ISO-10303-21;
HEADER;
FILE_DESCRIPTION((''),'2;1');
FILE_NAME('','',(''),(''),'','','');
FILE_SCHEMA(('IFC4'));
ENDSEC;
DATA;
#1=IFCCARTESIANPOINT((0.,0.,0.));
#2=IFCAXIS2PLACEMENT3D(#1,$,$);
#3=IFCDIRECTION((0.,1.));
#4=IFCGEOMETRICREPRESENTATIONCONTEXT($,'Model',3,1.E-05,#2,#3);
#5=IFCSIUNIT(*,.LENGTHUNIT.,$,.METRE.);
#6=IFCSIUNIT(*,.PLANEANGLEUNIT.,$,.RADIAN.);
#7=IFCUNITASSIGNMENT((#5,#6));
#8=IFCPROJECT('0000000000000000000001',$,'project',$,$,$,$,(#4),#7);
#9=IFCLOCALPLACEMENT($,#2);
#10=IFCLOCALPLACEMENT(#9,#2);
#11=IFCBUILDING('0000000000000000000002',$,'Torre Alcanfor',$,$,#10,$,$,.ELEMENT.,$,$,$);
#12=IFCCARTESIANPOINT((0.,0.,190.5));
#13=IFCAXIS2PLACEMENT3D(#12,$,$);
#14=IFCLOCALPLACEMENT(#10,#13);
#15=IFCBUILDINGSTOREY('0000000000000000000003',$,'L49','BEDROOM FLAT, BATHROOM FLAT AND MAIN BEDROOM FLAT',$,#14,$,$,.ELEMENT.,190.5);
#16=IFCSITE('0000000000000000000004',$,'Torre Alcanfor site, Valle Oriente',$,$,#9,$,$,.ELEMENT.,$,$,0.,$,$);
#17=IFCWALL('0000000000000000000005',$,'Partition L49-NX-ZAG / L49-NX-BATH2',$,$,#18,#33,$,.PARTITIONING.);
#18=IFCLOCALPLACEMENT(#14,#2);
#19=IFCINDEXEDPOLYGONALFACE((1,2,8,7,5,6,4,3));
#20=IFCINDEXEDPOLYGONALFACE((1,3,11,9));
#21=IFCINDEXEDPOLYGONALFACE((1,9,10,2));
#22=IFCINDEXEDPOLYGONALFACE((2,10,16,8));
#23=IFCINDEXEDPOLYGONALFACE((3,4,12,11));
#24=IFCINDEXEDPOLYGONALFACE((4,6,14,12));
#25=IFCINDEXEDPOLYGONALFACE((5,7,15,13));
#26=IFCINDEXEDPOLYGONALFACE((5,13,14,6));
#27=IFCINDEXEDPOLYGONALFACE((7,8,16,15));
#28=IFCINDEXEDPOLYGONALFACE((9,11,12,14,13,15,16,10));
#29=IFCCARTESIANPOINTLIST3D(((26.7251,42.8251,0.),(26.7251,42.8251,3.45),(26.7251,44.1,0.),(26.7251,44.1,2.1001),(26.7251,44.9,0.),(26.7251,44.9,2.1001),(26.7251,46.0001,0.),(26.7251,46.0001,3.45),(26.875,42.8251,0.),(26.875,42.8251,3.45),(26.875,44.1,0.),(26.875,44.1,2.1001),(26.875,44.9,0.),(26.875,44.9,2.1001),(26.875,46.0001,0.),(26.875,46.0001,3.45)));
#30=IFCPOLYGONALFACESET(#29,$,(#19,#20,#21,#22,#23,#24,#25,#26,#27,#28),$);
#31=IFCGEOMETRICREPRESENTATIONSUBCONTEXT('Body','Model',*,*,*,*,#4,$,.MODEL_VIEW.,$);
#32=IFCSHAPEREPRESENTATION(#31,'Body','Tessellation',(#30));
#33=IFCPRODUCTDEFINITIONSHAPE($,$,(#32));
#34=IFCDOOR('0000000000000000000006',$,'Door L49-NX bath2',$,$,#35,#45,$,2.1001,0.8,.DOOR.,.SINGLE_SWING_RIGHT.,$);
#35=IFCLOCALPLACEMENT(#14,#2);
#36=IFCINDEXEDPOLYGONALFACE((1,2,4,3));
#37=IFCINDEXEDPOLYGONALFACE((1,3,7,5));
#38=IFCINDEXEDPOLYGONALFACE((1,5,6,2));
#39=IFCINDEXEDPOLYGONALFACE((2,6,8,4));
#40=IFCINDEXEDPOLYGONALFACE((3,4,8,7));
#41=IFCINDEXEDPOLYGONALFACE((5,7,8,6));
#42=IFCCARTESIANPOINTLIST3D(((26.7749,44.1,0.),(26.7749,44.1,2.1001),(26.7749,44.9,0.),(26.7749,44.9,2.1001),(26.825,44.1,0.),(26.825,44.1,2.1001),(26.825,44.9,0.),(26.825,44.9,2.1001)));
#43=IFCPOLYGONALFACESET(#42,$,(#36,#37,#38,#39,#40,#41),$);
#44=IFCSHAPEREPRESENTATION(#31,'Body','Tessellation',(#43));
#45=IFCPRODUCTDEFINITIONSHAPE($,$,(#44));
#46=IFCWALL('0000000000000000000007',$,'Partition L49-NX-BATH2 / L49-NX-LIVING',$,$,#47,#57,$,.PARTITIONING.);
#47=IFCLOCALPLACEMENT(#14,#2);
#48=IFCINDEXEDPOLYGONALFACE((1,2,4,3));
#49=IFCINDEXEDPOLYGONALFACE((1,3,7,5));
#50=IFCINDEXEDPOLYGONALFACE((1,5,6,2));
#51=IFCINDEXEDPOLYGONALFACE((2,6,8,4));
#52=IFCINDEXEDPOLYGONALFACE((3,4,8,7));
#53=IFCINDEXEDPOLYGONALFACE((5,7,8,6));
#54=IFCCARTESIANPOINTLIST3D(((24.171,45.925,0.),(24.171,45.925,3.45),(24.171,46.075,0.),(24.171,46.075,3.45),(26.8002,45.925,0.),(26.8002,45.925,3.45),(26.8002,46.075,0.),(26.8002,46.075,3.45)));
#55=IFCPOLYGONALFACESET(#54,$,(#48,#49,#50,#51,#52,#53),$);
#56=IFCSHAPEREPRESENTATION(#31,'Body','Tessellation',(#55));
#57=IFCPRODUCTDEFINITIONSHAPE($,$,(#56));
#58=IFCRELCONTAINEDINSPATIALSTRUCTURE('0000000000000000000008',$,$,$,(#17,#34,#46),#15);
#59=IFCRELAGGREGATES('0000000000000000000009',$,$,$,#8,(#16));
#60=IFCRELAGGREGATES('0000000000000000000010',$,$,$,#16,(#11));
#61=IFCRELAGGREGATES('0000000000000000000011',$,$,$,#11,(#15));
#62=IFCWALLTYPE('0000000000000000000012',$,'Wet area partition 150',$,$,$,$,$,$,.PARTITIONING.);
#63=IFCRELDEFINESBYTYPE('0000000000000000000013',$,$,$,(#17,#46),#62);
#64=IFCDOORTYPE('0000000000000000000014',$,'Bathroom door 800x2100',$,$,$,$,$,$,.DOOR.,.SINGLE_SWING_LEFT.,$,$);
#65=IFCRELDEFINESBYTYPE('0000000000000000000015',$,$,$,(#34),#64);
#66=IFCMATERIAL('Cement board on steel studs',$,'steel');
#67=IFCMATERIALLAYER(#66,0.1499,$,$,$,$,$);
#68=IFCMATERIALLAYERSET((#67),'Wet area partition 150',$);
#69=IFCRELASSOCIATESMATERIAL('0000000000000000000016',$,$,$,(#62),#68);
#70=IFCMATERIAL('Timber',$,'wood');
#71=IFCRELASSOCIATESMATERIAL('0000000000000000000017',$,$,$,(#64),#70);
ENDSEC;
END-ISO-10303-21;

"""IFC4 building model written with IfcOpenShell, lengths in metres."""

from ifc_helpers import new_model, si_unit, direction, frame, frame_2d, origin, place, context, subcontext, project, spatial, rectangle, extrude, material, layer, layer_set, type_object, element, fill, save


model = new_model("IFC4")

# Units and contexts
model_context = context("Model", 3, precision=1e-05, world=origin(), true_north=direction((0.0, 1.0)))
body_context = subcontext(model_context, "Body", "Model", "MODEL_VIEW")
ifc_project = project(units=[si_unit("LENGTHUNIT", "METRE"), si_unit("PLANEANGLEUNIT", "RADIAN")], contexts=[model_context])

# Site, building, storey
site_placement = place(None, origin())
site = spatial("IfcSite", under=ifc_project, at=site_placement, Name="Torre Alcanfor site, Valle Oriente", CompositionType="ELEMENT", RefElevation=0.0)
building_placement = place(site_placement, origin())
building = spatial("IfcBuilding", under=site, at=building_placement, Name="Torre Alcanfor", CompositionType="ELEMENT")
storey_placement = place(building_placement, frame((0.0, 0.0, 190.5)))
storey = spatial("IfcBuildingStorey", under=building, at=storey_placement, Name="L49", Description="BEDROOM FLAT, BATHROOM FLAT AND MAIN BEDROOM FLAT", CompositionType="ELEMENT", Elevation=190.5)

# Wall, opening, door
ifc_material_1 = material(Name="Cement board on steel studs", Category="steel")
ifc_layer_1 = layer(ifc_material_1, 0.1499)
ifc_layer_set_1 = layer_set([ifc_layer_1], Name="Wet area partition 150")
wall_type_1 = type_object("IfcWallType", Name="Wet area partition 150", PredefinedType="PARTITIONING", material=ifc_layer_set_1)
wall_1_placement = place(storey_placement, frame((26.8, 46.0, 0.0), z_axis=(0.0, 0.0, 1.0), x_axis=(0.0, -1.0, 0.0)))
wall_1 = element("IfcWall", 1, at=wall_1_placement, inside=storey, type_object=wall_type_1, Name="Partition L49-NX-ZAG / L49-NX-BATH2", PredefinedType="PARTITIONING", context=body_context, shape_type="SweptSolid", body=[
    extrude(rectangle(XDim=3.175, YDim=0.1499, at=frame_2d((1.5874, 0.0))), origin(), (0.0, 0.0, 1.0), 3.45),
])
opening_1_placement = place(wall_1_placement, frame((1.1001, 0.0, 0.0)))
opening_1 = element("IfcOpeningElement", 2, at=opening_1_placement, cuts=wall_1, PredefinedType="OPENING", context=body_context, shape_type="SweptSolid", body=[
    extrude(rectangle(XDim=0.8, YDim=2.1001, at=frame_2d((0.3999, 1.05))), frame((0.0, 0.085, 0.0), z_axis=(0.0, -1.0, 0.0), x_axis=(1.0, 0.0, 0.0)), (0.0, 0.0, 1.0), 0.1699),
])
ifc_material_2 = material(Name="Timber", Category="wood")
door_type_1 = type_object("IfcDoorType", Name="Bathroom door 800x2100", OperationType="SINGLE_SWING_LEFT", PredefinedType="DOOR", material=ifc_material_2)
door_1_placement = place(opening_1_placement, frame((0.8, 0.0, 0.0), z_axis=(0.0, 0.0, 1.0), x_axis=(-1.0, 0.0, 0.0)))
door_1 = element("IfcDoor", 3, at=door_1_placement, inside=storey, type_object=door_type_1, Name="Door L49-NX bath2", OperationType="SINGLE_SWING_RIGHT", OverallHeight=2.1001, OverallWidth=0.8, PredefinedType="DOOR", context=body_context, shape_type="SweptSolid", body=[
    extrude(rectangle(XDim=0.8, YDim=2.1001, at=frame_2d((0.4001, 1.05))), frame((0.0, 0.0251, 0.0), z_axis=(0.0, -1.0, 0.0), x_axis=(1.0, 0.0, 0.0)), (0.0, 0.0, 1.0), 0.05),
])
fill(opening_1, door_1)

# Wall
wall_2_placement = place(storey_placement, frame((26.8, 46.0, 0.0), z_axis=(0.0, 0.0, 1.0), x_axis=(-1.0, 0.0, 0.0)))
element("IfcWall", 4, at=wall_2_placement, inside=storey, type_object=wall_type_1, Name="Partition L49-NX-BATH2 / L49-NX-LIVING", PredefinedType="PARTITIONING", context=body_context, shape_type="SweptSolid", body=[
    extrude(rectangle(XDim=2.6292, YDim=0.1499, at=frame_2d((1.3145, 0.0))), origin(), (0.0, 0.0, 1.0), 3.45),
])

save(model, "model.ifc")
